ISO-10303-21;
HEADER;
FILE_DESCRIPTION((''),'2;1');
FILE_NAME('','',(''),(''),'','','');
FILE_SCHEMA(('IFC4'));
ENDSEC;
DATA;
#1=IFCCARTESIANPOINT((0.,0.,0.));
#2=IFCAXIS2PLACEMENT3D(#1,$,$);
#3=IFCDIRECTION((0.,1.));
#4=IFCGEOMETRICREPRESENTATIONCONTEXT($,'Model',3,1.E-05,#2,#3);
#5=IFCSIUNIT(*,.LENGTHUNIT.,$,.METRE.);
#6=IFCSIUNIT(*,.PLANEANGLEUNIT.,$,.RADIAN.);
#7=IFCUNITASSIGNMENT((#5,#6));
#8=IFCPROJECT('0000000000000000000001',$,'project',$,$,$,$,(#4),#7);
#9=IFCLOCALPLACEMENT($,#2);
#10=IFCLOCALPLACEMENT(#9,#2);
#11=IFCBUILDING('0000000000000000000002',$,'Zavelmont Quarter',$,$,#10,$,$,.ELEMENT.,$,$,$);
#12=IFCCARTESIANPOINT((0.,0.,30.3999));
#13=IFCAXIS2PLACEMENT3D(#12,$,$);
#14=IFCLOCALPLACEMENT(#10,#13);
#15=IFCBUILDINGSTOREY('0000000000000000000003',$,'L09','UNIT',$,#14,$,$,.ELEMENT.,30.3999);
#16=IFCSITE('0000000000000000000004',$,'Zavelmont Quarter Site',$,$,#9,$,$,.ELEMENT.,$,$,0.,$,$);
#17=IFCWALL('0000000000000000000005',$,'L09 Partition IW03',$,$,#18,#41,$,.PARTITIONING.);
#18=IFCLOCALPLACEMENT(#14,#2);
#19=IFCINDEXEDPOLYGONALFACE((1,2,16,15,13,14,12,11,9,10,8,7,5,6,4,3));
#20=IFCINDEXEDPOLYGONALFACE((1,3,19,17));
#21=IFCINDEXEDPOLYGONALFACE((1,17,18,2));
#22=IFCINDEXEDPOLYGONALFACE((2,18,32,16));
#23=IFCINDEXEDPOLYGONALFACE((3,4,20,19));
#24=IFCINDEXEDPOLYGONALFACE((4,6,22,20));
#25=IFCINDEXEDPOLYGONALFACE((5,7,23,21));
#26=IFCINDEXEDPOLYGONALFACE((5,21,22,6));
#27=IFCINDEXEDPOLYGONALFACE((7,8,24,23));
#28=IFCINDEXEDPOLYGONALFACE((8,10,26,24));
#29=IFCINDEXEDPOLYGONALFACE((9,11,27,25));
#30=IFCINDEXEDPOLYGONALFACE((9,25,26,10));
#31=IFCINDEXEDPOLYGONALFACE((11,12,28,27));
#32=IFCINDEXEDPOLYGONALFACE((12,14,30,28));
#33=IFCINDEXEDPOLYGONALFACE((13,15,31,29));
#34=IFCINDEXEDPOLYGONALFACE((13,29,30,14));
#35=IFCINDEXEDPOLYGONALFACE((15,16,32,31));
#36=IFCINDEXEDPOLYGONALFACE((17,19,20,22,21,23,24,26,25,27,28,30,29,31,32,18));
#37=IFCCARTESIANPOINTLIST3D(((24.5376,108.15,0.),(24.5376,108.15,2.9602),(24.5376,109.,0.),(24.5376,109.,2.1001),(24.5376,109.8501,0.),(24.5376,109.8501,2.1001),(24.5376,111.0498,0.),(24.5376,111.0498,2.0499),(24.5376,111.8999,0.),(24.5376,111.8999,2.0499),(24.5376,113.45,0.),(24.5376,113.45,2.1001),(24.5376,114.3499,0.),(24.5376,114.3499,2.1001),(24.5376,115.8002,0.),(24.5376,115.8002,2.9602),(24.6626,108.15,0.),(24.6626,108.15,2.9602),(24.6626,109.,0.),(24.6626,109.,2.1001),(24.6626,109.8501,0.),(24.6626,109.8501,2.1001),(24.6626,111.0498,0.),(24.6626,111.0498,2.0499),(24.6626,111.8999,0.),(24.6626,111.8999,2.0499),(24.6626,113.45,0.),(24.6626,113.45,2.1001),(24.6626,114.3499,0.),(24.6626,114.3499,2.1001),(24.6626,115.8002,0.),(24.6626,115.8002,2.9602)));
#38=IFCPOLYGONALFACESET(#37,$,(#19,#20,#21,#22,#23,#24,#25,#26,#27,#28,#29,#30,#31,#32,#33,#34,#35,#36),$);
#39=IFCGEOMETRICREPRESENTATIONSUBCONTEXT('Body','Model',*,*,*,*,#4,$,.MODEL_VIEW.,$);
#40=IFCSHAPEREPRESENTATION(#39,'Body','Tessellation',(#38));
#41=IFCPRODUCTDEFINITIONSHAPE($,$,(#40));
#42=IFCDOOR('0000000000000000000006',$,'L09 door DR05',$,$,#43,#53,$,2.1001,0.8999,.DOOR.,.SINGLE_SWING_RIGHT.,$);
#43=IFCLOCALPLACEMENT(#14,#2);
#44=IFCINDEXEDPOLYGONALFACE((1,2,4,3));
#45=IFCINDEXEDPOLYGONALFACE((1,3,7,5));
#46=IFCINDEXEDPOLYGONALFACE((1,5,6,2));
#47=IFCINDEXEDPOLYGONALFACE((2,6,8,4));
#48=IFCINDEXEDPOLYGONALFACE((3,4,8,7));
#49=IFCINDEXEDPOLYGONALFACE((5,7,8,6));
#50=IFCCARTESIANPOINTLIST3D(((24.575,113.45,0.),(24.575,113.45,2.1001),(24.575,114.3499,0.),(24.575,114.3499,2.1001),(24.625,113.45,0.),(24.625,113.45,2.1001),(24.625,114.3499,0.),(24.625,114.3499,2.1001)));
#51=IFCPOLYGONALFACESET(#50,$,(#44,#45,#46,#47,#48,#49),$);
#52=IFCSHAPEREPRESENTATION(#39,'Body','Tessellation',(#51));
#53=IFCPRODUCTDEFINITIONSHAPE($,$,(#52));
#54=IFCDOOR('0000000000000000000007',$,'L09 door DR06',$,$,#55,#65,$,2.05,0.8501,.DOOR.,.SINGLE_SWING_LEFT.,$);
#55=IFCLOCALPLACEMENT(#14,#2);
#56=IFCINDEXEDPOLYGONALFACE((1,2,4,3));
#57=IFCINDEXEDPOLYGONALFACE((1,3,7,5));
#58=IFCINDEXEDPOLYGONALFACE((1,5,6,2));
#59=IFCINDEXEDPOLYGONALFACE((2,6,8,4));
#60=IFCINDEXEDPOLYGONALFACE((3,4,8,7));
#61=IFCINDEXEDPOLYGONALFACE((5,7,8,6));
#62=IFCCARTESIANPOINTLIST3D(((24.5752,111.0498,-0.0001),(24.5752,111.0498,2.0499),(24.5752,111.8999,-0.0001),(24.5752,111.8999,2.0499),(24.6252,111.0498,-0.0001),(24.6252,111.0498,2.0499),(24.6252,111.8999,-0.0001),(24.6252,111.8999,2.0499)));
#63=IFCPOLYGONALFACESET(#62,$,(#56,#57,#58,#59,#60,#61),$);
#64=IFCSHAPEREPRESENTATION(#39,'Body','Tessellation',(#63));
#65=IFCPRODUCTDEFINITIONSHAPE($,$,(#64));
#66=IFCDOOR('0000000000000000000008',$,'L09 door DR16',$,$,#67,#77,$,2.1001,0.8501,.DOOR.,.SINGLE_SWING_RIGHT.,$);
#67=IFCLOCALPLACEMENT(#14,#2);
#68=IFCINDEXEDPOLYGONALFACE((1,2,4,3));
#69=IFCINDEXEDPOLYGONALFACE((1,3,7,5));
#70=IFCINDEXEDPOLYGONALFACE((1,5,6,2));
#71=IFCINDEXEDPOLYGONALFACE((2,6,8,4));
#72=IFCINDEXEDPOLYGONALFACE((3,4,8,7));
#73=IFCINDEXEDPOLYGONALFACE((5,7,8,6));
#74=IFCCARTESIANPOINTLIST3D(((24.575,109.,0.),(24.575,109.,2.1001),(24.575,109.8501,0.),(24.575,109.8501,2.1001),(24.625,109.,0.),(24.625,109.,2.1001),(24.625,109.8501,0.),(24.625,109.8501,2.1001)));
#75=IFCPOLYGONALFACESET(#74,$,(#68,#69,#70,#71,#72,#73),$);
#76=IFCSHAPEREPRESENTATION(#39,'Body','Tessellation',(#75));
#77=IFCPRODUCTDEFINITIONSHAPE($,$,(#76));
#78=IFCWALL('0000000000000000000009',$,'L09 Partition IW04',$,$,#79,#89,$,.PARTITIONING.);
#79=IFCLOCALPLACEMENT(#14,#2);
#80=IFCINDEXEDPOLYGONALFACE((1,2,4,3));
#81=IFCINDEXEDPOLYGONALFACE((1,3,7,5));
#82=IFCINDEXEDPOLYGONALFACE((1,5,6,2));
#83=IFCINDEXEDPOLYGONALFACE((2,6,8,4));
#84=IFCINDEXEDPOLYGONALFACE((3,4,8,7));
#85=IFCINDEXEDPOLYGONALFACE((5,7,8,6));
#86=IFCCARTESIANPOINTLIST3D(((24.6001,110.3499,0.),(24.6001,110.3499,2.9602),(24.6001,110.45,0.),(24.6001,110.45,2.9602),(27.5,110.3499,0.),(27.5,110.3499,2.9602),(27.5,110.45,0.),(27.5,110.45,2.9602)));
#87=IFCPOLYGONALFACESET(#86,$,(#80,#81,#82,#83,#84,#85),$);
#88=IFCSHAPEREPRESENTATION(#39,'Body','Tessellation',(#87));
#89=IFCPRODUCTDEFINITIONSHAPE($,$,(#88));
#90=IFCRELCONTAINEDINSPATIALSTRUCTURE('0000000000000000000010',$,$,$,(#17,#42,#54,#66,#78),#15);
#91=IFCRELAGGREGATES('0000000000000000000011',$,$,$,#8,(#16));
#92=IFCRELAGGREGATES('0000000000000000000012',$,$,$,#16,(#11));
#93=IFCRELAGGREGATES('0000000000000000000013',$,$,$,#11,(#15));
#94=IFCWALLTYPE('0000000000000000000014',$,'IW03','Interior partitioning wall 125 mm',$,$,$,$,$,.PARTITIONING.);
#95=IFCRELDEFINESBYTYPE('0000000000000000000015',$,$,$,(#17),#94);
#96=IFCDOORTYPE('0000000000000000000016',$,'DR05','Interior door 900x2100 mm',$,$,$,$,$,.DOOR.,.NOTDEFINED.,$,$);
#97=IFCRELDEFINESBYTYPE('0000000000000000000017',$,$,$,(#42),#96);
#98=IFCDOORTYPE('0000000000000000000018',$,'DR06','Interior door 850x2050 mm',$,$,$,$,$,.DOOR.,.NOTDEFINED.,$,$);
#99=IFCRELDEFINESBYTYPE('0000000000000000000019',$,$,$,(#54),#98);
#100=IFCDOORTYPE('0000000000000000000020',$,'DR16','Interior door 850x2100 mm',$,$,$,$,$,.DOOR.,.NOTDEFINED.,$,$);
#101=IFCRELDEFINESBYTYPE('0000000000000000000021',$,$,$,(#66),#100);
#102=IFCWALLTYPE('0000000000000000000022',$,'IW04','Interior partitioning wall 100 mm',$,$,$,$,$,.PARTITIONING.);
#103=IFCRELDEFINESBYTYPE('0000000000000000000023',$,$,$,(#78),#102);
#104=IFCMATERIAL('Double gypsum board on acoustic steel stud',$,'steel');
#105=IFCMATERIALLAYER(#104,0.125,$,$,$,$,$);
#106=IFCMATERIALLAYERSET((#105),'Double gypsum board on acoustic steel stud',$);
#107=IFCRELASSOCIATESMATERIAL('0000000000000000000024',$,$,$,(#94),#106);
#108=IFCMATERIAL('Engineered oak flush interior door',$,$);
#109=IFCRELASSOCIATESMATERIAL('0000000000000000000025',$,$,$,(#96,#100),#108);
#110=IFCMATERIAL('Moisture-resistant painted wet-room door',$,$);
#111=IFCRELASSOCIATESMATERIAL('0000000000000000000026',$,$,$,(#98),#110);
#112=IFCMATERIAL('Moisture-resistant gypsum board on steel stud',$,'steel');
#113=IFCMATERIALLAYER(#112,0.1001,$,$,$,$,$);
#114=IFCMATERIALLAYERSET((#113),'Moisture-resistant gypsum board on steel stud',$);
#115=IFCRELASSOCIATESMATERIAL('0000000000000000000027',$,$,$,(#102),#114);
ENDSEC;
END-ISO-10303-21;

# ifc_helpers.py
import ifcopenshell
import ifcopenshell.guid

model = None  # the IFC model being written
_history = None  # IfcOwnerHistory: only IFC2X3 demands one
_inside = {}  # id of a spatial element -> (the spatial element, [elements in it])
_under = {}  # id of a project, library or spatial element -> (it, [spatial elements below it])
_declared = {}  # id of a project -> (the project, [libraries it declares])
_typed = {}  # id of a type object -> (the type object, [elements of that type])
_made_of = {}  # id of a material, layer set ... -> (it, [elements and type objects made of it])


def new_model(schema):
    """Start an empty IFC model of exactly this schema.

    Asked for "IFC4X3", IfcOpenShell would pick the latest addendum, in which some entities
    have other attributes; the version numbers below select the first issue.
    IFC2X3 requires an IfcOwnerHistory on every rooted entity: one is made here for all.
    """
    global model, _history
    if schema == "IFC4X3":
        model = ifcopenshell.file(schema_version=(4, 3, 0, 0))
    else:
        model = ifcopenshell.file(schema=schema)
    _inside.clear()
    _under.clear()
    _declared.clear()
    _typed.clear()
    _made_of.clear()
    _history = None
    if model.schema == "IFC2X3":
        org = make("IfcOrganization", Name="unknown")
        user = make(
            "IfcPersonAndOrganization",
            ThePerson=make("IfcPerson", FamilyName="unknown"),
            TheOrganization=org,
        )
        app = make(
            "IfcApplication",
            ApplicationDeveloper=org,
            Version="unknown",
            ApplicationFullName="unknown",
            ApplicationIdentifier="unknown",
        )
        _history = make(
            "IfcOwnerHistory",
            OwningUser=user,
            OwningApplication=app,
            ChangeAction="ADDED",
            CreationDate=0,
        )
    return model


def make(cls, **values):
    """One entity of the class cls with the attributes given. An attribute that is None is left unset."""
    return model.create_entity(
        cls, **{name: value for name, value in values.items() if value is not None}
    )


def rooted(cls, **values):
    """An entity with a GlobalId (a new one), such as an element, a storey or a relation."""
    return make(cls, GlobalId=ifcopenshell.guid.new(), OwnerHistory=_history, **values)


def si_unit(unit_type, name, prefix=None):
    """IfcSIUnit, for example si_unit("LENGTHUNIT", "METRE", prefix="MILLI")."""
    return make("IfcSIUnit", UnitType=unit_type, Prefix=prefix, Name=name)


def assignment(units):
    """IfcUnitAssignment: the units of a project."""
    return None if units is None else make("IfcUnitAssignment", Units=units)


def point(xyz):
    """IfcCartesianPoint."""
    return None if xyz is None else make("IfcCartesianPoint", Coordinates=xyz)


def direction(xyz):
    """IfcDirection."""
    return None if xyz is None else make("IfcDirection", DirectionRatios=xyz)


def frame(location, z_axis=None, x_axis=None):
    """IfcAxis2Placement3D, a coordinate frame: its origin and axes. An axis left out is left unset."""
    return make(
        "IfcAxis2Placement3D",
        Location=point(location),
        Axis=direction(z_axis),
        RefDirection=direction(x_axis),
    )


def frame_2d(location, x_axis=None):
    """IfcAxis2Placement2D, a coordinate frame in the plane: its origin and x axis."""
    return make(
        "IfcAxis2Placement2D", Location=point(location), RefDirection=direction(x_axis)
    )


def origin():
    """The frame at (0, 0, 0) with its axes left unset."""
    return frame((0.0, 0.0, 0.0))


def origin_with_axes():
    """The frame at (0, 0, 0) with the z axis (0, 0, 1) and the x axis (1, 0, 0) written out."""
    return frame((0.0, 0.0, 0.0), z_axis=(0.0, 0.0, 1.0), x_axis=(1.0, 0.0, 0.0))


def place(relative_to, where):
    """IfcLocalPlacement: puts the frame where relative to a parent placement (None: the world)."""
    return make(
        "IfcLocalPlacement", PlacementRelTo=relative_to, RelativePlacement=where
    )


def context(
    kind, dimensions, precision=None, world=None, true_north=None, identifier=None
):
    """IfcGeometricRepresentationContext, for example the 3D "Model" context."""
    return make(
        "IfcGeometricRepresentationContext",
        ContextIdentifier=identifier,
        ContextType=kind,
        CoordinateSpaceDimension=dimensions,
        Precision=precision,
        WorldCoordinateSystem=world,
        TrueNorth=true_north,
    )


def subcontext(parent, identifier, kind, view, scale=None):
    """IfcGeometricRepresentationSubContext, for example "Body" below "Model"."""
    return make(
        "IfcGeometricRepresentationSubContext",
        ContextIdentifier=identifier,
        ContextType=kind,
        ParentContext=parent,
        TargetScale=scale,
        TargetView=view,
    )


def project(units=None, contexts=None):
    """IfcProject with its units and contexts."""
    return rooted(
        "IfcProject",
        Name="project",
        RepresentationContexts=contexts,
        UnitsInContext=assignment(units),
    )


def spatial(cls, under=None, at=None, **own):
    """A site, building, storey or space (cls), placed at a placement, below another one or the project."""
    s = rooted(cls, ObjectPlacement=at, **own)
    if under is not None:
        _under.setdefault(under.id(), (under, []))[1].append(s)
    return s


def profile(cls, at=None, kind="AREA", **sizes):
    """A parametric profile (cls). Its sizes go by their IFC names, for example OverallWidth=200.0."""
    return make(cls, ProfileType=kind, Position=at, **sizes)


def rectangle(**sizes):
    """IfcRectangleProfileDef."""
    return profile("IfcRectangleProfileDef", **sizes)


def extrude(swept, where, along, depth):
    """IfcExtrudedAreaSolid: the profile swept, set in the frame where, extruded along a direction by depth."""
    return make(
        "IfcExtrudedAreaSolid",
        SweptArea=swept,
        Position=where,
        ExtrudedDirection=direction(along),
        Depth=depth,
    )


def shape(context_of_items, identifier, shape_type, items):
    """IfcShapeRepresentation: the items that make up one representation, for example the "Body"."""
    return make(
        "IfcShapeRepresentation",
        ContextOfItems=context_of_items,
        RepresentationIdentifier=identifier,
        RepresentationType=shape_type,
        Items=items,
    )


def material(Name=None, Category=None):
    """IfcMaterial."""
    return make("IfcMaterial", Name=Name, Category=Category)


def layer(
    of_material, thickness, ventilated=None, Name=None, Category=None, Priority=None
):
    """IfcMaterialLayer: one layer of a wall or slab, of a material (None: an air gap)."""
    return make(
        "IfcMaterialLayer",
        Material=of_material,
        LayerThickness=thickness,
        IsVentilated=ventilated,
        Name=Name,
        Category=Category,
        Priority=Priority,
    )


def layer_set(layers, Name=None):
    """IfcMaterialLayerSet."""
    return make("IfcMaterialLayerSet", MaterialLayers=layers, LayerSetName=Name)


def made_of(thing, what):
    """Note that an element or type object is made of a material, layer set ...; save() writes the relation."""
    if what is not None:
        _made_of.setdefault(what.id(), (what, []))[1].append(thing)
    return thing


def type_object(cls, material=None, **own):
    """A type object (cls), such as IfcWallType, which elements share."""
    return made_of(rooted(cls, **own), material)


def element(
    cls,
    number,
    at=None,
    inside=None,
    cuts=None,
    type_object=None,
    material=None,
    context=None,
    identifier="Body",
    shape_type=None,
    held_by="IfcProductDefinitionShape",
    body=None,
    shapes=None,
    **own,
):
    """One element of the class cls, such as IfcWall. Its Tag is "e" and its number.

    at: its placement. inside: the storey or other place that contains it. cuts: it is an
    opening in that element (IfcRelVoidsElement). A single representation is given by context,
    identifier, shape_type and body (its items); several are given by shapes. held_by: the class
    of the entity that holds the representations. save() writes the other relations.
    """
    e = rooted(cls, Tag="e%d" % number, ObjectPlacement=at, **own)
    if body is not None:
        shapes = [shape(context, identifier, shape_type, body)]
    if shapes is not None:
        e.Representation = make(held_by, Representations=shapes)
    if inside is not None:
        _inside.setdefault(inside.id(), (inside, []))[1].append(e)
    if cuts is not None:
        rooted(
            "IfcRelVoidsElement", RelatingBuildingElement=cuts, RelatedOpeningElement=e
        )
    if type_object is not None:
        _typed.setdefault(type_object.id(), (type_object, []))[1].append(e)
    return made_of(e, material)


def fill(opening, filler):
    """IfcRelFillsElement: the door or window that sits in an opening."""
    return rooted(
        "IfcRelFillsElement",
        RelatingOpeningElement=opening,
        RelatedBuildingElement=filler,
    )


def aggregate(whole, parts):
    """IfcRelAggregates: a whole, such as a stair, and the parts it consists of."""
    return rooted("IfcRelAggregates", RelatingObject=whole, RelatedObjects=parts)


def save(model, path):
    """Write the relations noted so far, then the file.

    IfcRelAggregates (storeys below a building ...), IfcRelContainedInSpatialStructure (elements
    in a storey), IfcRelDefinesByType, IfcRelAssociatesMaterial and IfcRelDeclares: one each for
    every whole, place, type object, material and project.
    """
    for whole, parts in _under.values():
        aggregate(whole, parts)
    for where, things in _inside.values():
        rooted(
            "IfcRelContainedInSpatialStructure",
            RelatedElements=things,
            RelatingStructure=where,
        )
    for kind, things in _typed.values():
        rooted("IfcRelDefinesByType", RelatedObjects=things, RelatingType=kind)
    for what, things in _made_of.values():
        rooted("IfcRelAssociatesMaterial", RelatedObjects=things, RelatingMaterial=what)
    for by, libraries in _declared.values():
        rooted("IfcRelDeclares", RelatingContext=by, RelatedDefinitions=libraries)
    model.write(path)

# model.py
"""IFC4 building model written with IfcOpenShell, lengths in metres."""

from ifc_helpers import new_model, si_unit, direction, frame, frame_2d, origin, origin_with_axes, place, context, subcontext, project, spatial, rectangle, extrude, material, layer, layer_set, type_object, element, fill, save


model = new_model("IFC4")

# Units and contexts
model_context = context("Model", 3, precision=1e-05, world=origin(), true_north=direction((0.0, 1.0)))
body_context = subcontext(model_context, "Body", "Model", "MODEL_VIEW")
ifc_project = project(units=[si_unit("LENGTHUNIT", "METRE"), si_unit("PLANEANGLEUNIT", "RADIAN")], contexts=[model_context])

# Site, building, storey
site_placement = place(None, origin())
site = spatial("IfcSite", under=ifc_project, at=site_placement, Name="Zavelmont Quarter Site", CompositionType="ELEMENT", RefElevation=0.0)
building_placement = place(site_placement, origin())
building = spatial("IfcBuilding", under=site, at=building_placement, Name="Zavelmont Quarter", CompositionType="ELEMENT")
storey_placement = place(building_placement, frame((0.0, 0.0, 30.3999)))
storey = spatial("IfcBuildingStorey", under=building, at=storey_placement, Name="L09", Description="UNIT", CompositionType="ELEMENT", Elevation=30.3999)

# Shared definitions
ifc_material_1 = material(Name="Double gypsum board on acoustic steel stud", Category="steel")
ifc_layer_1 = layer(ifc_material_1, 0.125)
ifc_layer_set_1 = layer_set([ifc_layer_1], Name="Double gypsum board on acoustic steel stud")
wall_type_1 = type_object("IfcWallType", Name="IW03", Description="Interior partitioning wall 125 mm", PredefinedType="PARTITIONING", material=ifc_layer_set_1)
ifc_material_2 = material(Name="Engineered oak flush interior door")
door_type_1 = type_object("IfcDoorType", Name="DR05", Description="Interior door 900x2100 mm", OperationType="NOTDEFINED", PredefinedType="DOOR", material=ifc_material_2)

# Wall, openings, doors
wall_1_placement = place(storey_placement, frame((24.6001, 108.1499, 0.0), z_axis=(0.0, 0.0, 1.0), x_axis=(0.0, 1.0, 0.0)))
wall_1 = element("IfcWall", 1, at=wall_1_placement, inside=storey, type_object=wall_type_1, Name="L09 Partition IW03", PredefinedType="PARTITIONING", context=body_context, shape_type="SweptSolid", body=[
    extrude(rectangle(XDim=7.6501, YDim=0.125, at=frame_2d((3.8252, 0.0))), origin(), (0.0, 0.0, 1.0), 2.9602),
])
opening_1_placement = place(wall_1_placement, frame((0.8501, 0.0, 0.0)))
opening_1 = element("IfcOpeningElement", 2, at=opening_1_placement, cuts=wall_1, PredefinedType="OPENING", context=body_context, shape_type="SweptSolid", body=[
    extrude(rectangle(XDim=0.8501, YDim=2.1001, at=frame_2d((0.425, 1.05))), frame((0.0, 0.0745, 0.0), z_axis=(0.0, -1.0, 0.0), x_axis=(1.0, 0.0, 0.0)), (0.0, 0.0, 1.0), 0.1489),
])
opening_2_placement = place(wall_1_placement, frame((2.8999, 0.0, 0.0)))
opening_2 = element("IfcOpeningElement", 3, at=opening_2_placement, cuts=wall_1, PredefinedType="OPENING", context=body_context, shape_type="SweptSolid", body=[
    extrude(rectangle(XDim=0.8501, YDim=2.05, at=frame_2d((0.425, 1.0249))), frame((0.0, 0.0745, 0.0), z_axis=(0.0, -1.0, 0.0), x_axis=(1.0, 0.0, 0.0)), (0.0, 0.0, 1.0), 0.1489),
])
opening_3_placement = place(wall_1_placement, frame((5.3, 0.0, 0.0)))
opening_3 = element("IfcOpeningElement", 4, at=opening_3_placement, cuts=wall_1, PredefinedType="OPENING", context=body_context, shape_type="SweptSolid", body=[
    extrude(rectangle(XDim=0.8999, YDim=2.1001, at=frame_2d((0.45, 1.05))), frame((0.0, 0.0745, 0.0), z_axis=(0.0, -1.0, 0.0), x_axis=(1.0, 0.0, 0.0)), (0.0, 0.0, 1.0), 0.1489),
])
door_1_placement = place(opening_3_placement, frame((0.8999, 0.0, 0.0), z_axis=(0.0, 0.0, 1.0), x_axis=(-1.0, 0.0, 0.0)))
door_1 = element("IfcDoor", 5, at=door_1_placement, inside=storey, type_object=door_type_1, Name="L09 door DR05", OperationType="SINGLE_SWING_RIGHT", OverallHeight=2.1001, OverallWidth=0.8999, PredefinedType="DOOR", context=body_context, shape_type="SweptSolid", body=[
    extrude(rectangle(XDim=0.8999, YDim=2.1001, at=frame_2d((0.45, 1.05))), frame((0.0, 0.0249, 0.0), z_axis=(0.0, -1.0, 0.0), x_axis=(1.0, 0.0, 0.0)), (0.0, 0.0, 1.0), 0.05),
])
fill(opening_3, door_1)
ifc_material_3 = material(Name="Moisture-resistant painted wet-room door")
door_type_2 = type_object("IfcDoorType", Name="DR06", Description="Interior door 850x2050 mm", OperationType="NOTDEFINED", PredefinedType="DOOR", material=ifc_material_3)
door_2_placement = place(opening_2_placement, origin_with_axes())
door_2 = element("IfcDoor", 6, at=door_2_placement, inside=storey, type_object=door_type_2, Name="L09 door DR06", OperationType="SINGLE_SWING_LEFT", OverallHeight=2.05, OverallWidth=0.8501, PredefinedType="DOOR", context=body_context, shape_type="SweptSolid", body=[
    extrude(rectangle(XDim=0.8501, YDim=2.05, at=frame_2d((0.425, 1.0249))), frame((0.0, 0.0249, 0.0), z_axis=(0.0, -1.0, 0.0), x_axis=(1.0, 0.0, 0.0)), (0.0, 0.0, 1.0), 0.05),
])
fill(opening_2, door_2)
door_type_3 = type_object("IfcDoorType", Name="DR16", Description="Interior door 850x2100 mm", OperationType="NOTDEFINED", PredefinedType="DOOR", material=ifc_material_2)
door_3_placement = place(opening_1_placement, frame((0.8501, 0.0, 0.0), z_axis=(0.0, 0.0, 1.0), x_axis=(-1.0, 0.0, 0.0)))
door_3 = element("IfcDoor", 7, at=door_3_placement, inside=storey, type_object=door_type_3, Name="L09 door DR16", OperationType="SINGLE_SWING_RIGHT", OverallHeight=2.1001, OverallWidth=0.8501, PredefinedType="DOOR", context=body_context, shape_type="SweptSolid", body=[
    extrude(rectangle(XDim=0.8501, YDim=2.1001, at=frame_2d((0.425, 1.05))), frame((0.0, 0.0249, 0.0), z_axis=(0.0, -1.0, 0.0), x_axis=(1.0, 0.0, 0.0)), (0.0, 0.0, 1.0), 0.05),
])
fill(opening_1, door_3)

# Wall
ifc_material_4 = material(Name="Moisture-resistant gypsum board on steel stud", Category="steel")
ifc_layer_2 = layer(ifc_material_4, 0.1001)
ifc_layer_set_2 = layer_set([ifc_layer_2], Name="Moisture-resistant gypsum board on steel stud")
wall_type_2 = type_object("IfcWallType", Name="IW04", Description="Interior partitioning wall 100 mm", PredefinedType="PARTITIONING", material=ifc_layer_set_2)
wall_2_placement = place(storey_placement, frame((24.6001, 110.3999, 0.0), z_axis=(0.0, 0.0, 1.0), x_axis=(1.0, 0.0, 0.0)))
element("IfcWall", 8, at=wall_2_placement, inside=storey, type_object=wall_type_2, Name="L09 Partition IW04", PredefinedType="PARTITIONING", context=body_context, shape_type="SweptSolid", body=[
    extrude(rectangle(XDim=2.8999, YDim=0.1001, at=frame_2d((1.45, 0.0))), origin(), (0.0, 0.0, 1.0), 2.9602),
])

save(model, "model.ifc")
